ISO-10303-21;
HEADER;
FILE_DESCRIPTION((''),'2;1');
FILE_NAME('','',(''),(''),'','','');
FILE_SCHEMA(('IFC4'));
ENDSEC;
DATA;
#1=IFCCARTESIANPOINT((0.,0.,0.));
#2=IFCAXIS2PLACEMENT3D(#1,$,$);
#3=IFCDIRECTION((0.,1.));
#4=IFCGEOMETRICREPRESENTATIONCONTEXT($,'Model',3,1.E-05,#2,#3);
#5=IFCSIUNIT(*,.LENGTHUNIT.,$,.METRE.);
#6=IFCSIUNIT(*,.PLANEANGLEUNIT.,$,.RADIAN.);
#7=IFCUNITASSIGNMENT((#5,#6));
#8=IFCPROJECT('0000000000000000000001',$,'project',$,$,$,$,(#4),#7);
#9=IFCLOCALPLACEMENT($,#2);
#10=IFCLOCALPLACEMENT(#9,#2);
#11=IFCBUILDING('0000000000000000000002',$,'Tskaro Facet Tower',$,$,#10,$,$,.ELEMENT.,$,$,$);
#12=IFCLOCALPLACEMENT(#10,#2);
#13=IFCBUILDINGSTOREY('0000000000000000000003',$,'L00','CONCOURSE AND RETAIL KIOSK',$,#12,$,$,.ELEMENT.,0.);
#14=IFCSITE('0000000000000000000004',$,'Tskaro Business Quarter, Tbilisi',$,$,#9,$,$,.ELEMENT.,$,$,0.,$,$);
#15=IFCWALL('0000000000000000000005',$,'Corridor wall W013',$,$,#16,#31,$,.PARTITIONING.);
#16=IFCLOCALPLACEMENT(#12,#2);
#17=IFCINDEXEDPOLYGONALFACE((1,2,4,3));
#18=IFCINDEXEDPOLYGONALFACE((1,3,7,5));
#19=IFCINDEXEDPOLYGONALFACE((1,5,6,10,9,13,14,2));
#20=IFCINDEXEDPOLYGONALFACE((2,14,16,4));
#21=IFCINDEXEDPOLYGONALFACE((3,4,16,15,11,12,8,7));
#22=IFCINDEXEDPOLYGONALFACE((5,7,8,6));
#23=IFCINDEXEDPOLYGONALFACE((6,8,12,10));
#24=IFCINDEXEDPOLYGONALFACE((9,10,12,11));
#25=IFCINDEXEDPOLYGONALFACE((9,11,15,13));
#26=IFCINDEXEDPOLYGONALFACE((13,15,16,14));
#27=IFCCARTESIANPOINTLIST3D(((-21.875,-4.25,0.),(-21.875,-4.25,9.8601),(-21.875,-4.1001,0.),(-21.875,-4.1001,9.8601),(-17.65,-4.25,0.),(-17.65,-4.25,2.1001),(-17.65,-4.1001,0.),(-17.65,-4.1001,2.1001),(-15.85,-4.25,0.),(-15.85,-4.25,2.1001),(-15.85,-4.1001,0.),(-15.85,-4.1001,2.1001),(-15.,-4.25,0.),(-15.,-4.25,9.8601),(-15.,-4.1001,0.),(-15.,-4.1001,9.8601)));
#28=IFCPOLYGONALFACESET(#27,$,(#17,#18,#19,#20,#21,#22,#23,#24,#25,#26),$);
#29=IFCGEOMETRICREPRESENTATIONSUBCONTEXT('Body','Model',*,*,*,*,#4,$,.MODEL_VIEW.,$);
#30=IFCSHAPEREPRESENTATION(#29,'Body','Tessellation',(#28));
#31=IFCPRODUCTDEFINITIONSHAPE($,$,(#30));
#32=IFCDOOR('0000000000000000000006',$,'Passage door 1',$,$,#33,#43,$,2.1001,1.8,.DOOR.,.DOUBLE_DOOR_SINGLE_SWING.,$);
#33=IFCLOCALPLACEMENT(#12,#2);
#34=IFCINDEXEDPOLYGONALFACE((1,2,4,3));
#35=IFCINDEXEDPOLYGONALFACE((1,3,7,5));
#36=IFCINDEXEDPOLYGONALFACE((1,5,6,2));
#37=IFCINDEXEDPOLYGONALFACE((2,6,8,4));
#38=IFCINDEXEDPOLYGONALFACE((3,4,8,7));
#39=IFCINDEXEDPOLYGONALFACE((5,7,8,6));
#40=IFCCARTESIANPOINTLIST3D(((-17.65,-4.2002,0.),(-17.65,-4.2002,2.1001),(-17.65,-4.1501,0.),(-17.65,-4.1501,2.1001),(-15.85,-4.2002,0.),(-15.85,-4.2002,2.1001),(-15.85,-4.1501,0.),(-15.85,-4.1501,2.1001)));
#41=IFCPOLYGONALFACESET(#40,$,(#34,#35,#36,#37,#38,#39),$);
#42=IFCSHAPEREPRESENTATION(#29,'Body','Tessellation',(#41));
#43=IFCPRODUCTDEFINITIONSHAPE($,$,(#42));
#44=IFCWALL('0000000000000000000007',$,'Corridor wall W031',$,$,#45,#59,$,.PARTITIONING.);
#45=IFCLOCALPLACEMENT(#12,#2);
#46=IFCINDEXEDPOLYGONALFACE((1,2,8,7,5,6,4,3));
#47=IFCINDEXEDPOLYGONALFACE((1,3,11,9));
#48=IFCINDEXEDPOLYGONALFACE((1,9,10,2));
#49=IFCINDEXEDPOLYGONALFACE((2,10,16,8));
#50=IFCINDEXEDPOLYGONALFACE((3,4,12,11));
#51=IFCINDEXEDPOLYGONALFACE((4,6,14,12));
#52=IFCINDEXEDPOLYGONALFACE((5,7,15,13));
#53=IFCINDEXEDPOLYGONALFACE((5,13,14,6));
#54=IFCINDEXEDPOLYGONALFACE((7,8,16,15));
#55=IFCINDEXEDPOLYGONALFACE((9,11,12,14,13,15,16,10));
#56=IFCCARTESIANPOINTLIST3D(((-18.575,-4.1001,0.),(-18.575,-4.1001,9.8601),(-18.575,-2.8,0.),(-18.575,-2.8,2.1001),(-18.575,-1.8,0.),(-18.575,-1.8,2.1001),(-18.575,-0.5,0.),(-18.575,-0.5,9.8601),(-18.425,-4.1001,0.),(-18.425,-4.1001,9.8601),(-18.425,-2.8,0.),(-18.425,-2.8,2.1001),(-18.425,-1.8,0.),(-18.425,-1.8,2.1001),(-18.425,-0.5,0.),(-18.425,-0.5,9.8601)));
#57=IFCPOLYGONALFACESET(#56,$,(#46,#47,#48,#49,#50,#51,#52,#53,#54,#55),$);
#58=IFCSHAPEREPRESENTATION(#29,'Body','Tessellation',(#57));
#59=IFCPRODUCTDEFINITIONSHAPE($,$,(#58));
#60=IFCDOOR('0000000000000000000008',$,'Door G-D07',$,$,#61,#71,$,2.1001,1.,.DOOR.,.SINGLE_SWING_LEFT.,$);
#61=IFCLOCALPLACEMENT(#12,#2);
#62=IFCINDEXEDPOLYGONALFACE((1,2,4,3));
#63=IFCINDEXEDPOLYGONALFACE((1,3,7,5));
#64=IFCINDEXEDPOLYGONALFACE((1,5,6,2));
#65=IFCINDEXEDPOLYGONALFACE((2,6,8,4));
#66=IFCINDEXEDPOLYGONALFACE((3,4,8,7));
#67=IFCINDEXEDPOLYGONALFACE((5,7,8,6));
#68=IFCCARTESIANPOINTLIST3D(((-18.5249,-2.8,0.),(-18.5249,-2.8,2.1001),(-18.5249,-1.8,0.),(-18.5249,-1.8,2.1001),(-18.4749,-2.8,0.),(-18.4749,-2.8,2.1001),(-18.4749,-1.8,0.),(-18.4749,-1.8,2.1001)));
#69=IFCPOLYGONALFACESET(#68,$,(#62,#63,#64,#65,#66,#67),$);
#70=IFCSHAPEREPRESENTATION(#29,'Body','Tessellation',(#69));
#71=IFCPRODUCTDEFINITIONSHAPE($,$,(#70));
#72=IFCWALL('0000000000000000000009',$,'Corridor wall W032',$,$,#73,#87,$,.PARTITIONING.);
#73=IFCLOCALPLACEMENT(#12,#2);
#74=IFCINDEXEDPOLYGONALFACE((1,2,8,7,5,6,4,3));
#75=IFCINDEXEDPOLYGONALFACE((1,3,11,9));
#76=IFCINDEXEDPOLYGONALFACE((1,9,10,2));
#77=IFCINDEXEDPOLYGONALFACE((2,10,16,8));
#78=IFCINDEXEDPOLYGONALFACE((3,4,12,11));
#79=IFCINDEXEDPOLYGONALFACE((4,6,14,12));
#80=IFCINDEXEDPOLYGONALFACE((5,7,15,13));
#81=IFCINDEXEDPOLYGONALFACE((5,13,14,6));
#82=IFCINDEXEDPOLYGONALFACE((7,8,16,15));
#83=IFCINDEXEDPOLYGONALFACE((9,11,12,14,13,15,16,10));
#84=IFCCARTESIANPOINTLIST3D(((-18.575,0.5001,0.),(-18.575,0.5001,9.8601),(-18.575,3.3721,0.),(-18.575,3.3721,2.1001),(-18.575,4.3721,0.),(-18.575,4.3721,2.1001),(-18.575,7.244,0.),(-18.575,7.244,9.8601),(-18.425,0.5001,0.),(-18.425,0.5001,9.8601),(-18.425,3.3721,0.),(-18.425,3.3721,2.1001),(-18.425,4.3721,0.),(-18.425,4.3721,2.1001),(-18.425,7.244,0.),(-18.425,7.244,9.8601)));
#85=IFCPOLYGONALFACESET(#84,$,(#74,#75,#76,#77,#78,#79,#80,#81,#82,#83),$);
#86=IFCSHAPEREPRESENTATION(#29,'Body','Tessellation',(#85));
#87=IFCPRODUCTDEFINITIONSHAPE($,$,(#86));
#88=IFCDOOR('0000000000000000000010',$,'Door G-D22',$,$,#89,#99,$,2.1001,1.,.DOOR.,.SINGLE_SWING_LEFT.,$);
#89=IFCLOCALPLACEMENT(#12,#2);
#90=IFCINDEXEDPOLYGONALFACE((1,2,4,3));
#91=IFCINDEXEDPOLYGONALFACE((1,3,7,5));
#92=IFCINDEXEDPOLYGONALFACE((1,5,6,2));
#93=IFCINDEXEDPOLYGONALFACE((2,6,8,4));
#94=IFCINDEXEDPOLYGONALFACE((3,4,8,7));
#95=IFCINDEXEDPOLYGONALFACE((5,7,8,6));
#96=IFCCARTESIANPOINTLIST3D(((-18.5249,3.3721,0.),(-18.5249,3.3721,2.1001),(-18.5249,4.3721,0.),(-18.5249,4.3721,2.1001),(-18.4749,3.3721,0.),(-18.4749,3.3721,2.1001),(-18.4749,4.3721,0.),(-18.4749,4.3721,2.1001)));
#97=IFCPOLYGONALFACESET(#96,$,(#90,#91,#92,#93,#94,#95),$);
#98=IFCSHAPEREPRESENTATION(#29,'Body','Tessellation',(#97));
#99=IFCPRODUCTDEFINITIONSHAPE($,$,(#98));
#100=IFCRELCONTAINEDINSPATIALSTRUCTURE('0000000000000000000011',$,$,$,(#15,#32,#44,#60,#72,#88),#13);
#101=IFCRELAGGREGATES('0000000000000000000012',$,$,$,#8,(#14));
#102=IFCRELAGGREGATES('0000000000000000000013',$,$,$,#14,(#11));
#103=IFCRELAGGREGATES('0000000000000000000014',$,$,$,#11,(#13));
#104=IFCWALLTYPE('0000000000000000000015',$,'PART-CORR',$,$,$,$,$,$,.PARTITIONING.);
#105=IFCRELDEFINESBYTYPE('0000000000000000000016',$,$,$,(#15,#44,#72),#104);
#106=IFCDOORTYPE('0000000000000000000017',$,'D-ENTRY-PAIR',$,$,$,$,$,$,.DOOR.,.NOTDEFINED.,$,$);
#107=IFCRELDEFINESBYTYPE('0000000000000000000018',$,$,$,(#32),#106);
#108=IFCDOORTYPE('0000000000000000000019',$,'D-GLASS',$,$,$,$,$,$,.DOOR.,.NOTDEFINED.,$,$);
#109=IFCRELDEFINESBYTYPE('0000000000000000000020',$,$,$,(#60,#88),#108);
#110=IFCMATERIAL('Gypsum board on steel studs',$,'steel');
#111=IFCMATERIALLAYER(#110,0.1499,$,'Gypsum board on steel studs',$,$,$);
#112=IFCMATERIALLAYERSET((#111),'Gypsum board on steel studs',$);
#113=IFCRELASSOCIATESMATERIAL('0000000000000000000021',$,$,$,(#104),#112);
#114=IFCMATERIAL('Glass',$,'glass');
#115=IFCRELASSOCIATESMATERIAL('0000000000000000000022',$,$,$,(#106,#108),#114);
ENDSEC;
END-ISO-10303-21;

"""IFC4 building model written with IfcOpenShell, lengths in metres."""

from ifc_helpers import new_model, si_unit, direction, frame, frame_2d, origin, place, context, subcontext, project, spatial, rectangle, extrude, material, layer, layer_set, type_object, element, fill, save


model = new_model("IFC4")

# Units and contexts
model_context = context("Model", 3, precision=1e-05, world=origin(), true_north=direction((0.0, 1.0)))
body_context = subcontext(model_context, "Body", "Model", "MODEL_VIEW")
ifc_project = project(units=[si_unit("LENGTHUNIT", "METRE"), si_unit("PLANEANGLEUNIT", "RADIAN")], contexts=[model_context])

# Site, building, storey
site_placement = place(None, origin())
site = spatial("IfcSite", under=ifc_project, at=site_placement, Name="Tskaro Business Quarter, Tbilisi", CompositionType="ELEMENT", RefElevation=0.0)
building_placement = place(site_placement, origin())
building = spatial("IfcBuilding", under=site, at=building_placement, Name="Tskaro Facet Tower", CompositionType="ELEMENT")
storey_placement = place(building_placement, origin())
storey = spatial("IfcBuildingStorey", under=building, at=storey_placement, Name="L00", Description="CONCOURSE AND RETAIL KIOSK", CompositionType="ELEMENT", Elevation=0.0)

# Shared definitions
ifc_material_1 = material(Name="Gypsum board on steel studs", Category="steel")

# Walls, openings, doors
ifc_layer_1 = layer(ifc_material_1, 0.1499, Name="Gypsum board on steel studs")
ifc_layer_set_1 = layer_set([ifc_layer_1], Name="Gypsum board on steel studs")
wall_type_1 = type_object("IfcWallType", Name="PART-CORR", PredefinedType="PARTITIONING", material=ifc_layer_set_1)
wall_1_placement = place(storey_placement, frame((-21.875, -4.175, 0.0), z_axis=(0.0, 0.0, 1.0), x_axis=(1.0, 0.0, 0.0)))
wall_1 = element("IfcWall", 1, at=wall_1_placement, inside=storey, type_object=wall_type_1, Name="Corridor wall W013", PredefinedType="PARTITIONING", context=body_context, shape_type="SweptSolid", body=[
    extrude(rectangle(XDim=6.875, YDim=0.1499, at=frame_2d((3.4375, 0.0))), origin(), (0.0, 0.0, 1.0), 9.8601),
])
opening_1_placement = place(wall_1_placement, frame((4.2251, 0.0, 0.0)))
opening_1 = element("IfcOpeningElement", 2, at=opening_1_placement, cuts=wall_1, PredefinedType="OPENING", context=body_context, shape_type="SweptSolid", body=[
    extrude(rectangle(XDim=1.8, YDim=2.1001, at=frame_2d((0.8999, 1.05))), frame((0.0, 0.085, 0.0), z_axis=(0.0, -1.0, 0.0), x_axis=(1.0, 0.0, 0.0)), (0.0, 0.0, 1.0), 0.1699),
])
ifc_material_2 = material(Name="Glass", Category="glass")
door_type_1 = type_object("IfcDoorType", Name="D-ENTRY-PAIR", OperationType="NOTDEFINED", PredefinedType="DOOR", material=ifc_material_2)
door_1_placement = place(opening_1_placement, origin())
door_1 = element("IfcDoor", 3, at=door_1_placement, inside=storey, type_object=door_type_1, Name="Passage door 1", OperationType="DOUBLE_DOOR_SINGLE_SWING", OverallHeight=2.1001, OverallWidth=1.8, PredefinedType="DOOR", context=body_context, shape_type="SweptSolid", body=[
    extrude(rectangle(XDim=1.8, YDim=2.1001, at=frame_2d((0.8999, 1.05))), frame((0.0, 0.0249, 0.0), z_axis=(0.0, -1.0, 0.0), x_axis=(1.0, 0.0, 0.0)), (0.0, 0.0, 1.0), 0.05),
])
fill(opening_1, door_1)
wall_2_placement = place(storey_placement, frame((-18.5, -4.1001, 0.0), z_axis=(0.0, 0.0, 1.0), x_axis=(0.0, 1.0, 0.0)))
wall_2 = element("IfcWall", 4, at=wall_2_placement, inside=storey, type_object=wall_type_1, Name="Corridor wall W031", PredefinedType="PARTITIONING", context=body_context, shape_type="SweptSolid", body=[
    extrude(rectangle(XDim=3.6001, YDim=0.1499, at=frame_2d((1.8, 0.0))), origin(), (0.0, 0.0, 1.0), 9.8601),
])
opening_2_placement = place(wall_2_placement, frame((1.3, 0.0, 0.0)))
opening_2 = element("IfcOpeningElement", 5, at=opening_2_placement, cuts=wall_2, PredefinedType="OPENING", context=body_context, shape_type="SweptSolid", body=[
    extrude(rectangle(XDim=1.0, YDim=2.1001, at=frame_2d((0.5, 1.05))), frame((0.0, 0.085, 0.0), z_axis=(0.0, -1.0, 0.0), x_axis=(1.0, 0.0, 0.0)), (0.0, 0.0, 1.0), 0.1699),
])
door_type_2 = type_object("IfcDoorType", Name="D-GLASS", OperationType="NOTDEFINED", PredefinedType="DOOR", material=ifc_material_2)
door_2_placement = place(opening_2_placement, origin())
door_2 = element("IfcDoor", 6, at=door_2_placement, inside=storey, type_object=door_type_2, Name="Door G-D07", OperationType="SINGLE_SWING_LEFT", OverallHeight=2.1001, OverallWidth=1.0, PredefinedType="DOOR", context=body_context, shape_type="SweptSolid", body=[
    extrude(rectangle(XDim=1.0, YDim=2.1001, at=frame_2d((0.5, 1.05))), frame((0.0, 0.0249, 0.0), z_axis=(0.0, -1.0, 0.0), x_axis=(1.0, 0.0, 0.0)), (0.0, 0.0, 1.0), 0.05),
])
fill(opening_2, door_2)
wall_3_placement = place(storey_placement, frame((-18.5, 0.5, 0.0), z_axis=(0.0, 0.0, 1.0), x_axis=(0.0, 1.0, 0.0)))
wall_3 = element("IfcWall", 7, at=wall_3_placement, inside=storey, type_object=wall_type_1, Name="Corridor wall W032", PredefinedType="PARTITIONING", context=body_context, shape_type="SweptSolid", body=[
    extrude(rectangle(XDim=6.7439, YDim=0.1499, at=frame_2d((3.3721, 0.0))), origin(), (0.0, 0.0, 1.0), 9.8601),
])
opening_3_placement = place(wall_3_placement, frame((2.8721, 0.0, 0.0)))
opening_3 = element("IfcOpeningElement", 8, at=opening_3_placement, cuts=wall_3, PredefinedType="OPENING", context=body_context, shape_type="SweptSolid", body=[
    extrude(rectangle(XDim=1.0, YDim=2.1001, at=frame_2d((0.5, 1.05))), frame((0.0, 0.085, 0.0), z_axis=(0.0, -1.0, 0.0), x_axis=(1.0, 0.0, 0.0)), (0.0, 0.0, 1.0), 0.1699),
])
door_3_placement = place(opening_3_placement, origin())
door_3 = element("IfcDoor", 9, at=door_3_placement, inside=storey, type_object=door_type_2, Name="Door G-D22", OperationType="SINGLE_SWING_LEFT", OverallHeight=2.1001, OverallWidth=1.0, PredefinedType="DOOR", context=body_context, shape_type="SweptSolid", body=[
    extrude(rectangle(XDim=1.0, YDim=2.1001, at=frame_2d((0.5, 1.05))), frame((0.0, 0.0249, 0.0), z_axis=(0.0, -1.0, 0.0), x_axis=(1.0, 0.0, 0.0)), (0.0, 0.0, 1.0), 0.05),
])
fill(opening_3, door_3)

save(model, "model.ifc")
